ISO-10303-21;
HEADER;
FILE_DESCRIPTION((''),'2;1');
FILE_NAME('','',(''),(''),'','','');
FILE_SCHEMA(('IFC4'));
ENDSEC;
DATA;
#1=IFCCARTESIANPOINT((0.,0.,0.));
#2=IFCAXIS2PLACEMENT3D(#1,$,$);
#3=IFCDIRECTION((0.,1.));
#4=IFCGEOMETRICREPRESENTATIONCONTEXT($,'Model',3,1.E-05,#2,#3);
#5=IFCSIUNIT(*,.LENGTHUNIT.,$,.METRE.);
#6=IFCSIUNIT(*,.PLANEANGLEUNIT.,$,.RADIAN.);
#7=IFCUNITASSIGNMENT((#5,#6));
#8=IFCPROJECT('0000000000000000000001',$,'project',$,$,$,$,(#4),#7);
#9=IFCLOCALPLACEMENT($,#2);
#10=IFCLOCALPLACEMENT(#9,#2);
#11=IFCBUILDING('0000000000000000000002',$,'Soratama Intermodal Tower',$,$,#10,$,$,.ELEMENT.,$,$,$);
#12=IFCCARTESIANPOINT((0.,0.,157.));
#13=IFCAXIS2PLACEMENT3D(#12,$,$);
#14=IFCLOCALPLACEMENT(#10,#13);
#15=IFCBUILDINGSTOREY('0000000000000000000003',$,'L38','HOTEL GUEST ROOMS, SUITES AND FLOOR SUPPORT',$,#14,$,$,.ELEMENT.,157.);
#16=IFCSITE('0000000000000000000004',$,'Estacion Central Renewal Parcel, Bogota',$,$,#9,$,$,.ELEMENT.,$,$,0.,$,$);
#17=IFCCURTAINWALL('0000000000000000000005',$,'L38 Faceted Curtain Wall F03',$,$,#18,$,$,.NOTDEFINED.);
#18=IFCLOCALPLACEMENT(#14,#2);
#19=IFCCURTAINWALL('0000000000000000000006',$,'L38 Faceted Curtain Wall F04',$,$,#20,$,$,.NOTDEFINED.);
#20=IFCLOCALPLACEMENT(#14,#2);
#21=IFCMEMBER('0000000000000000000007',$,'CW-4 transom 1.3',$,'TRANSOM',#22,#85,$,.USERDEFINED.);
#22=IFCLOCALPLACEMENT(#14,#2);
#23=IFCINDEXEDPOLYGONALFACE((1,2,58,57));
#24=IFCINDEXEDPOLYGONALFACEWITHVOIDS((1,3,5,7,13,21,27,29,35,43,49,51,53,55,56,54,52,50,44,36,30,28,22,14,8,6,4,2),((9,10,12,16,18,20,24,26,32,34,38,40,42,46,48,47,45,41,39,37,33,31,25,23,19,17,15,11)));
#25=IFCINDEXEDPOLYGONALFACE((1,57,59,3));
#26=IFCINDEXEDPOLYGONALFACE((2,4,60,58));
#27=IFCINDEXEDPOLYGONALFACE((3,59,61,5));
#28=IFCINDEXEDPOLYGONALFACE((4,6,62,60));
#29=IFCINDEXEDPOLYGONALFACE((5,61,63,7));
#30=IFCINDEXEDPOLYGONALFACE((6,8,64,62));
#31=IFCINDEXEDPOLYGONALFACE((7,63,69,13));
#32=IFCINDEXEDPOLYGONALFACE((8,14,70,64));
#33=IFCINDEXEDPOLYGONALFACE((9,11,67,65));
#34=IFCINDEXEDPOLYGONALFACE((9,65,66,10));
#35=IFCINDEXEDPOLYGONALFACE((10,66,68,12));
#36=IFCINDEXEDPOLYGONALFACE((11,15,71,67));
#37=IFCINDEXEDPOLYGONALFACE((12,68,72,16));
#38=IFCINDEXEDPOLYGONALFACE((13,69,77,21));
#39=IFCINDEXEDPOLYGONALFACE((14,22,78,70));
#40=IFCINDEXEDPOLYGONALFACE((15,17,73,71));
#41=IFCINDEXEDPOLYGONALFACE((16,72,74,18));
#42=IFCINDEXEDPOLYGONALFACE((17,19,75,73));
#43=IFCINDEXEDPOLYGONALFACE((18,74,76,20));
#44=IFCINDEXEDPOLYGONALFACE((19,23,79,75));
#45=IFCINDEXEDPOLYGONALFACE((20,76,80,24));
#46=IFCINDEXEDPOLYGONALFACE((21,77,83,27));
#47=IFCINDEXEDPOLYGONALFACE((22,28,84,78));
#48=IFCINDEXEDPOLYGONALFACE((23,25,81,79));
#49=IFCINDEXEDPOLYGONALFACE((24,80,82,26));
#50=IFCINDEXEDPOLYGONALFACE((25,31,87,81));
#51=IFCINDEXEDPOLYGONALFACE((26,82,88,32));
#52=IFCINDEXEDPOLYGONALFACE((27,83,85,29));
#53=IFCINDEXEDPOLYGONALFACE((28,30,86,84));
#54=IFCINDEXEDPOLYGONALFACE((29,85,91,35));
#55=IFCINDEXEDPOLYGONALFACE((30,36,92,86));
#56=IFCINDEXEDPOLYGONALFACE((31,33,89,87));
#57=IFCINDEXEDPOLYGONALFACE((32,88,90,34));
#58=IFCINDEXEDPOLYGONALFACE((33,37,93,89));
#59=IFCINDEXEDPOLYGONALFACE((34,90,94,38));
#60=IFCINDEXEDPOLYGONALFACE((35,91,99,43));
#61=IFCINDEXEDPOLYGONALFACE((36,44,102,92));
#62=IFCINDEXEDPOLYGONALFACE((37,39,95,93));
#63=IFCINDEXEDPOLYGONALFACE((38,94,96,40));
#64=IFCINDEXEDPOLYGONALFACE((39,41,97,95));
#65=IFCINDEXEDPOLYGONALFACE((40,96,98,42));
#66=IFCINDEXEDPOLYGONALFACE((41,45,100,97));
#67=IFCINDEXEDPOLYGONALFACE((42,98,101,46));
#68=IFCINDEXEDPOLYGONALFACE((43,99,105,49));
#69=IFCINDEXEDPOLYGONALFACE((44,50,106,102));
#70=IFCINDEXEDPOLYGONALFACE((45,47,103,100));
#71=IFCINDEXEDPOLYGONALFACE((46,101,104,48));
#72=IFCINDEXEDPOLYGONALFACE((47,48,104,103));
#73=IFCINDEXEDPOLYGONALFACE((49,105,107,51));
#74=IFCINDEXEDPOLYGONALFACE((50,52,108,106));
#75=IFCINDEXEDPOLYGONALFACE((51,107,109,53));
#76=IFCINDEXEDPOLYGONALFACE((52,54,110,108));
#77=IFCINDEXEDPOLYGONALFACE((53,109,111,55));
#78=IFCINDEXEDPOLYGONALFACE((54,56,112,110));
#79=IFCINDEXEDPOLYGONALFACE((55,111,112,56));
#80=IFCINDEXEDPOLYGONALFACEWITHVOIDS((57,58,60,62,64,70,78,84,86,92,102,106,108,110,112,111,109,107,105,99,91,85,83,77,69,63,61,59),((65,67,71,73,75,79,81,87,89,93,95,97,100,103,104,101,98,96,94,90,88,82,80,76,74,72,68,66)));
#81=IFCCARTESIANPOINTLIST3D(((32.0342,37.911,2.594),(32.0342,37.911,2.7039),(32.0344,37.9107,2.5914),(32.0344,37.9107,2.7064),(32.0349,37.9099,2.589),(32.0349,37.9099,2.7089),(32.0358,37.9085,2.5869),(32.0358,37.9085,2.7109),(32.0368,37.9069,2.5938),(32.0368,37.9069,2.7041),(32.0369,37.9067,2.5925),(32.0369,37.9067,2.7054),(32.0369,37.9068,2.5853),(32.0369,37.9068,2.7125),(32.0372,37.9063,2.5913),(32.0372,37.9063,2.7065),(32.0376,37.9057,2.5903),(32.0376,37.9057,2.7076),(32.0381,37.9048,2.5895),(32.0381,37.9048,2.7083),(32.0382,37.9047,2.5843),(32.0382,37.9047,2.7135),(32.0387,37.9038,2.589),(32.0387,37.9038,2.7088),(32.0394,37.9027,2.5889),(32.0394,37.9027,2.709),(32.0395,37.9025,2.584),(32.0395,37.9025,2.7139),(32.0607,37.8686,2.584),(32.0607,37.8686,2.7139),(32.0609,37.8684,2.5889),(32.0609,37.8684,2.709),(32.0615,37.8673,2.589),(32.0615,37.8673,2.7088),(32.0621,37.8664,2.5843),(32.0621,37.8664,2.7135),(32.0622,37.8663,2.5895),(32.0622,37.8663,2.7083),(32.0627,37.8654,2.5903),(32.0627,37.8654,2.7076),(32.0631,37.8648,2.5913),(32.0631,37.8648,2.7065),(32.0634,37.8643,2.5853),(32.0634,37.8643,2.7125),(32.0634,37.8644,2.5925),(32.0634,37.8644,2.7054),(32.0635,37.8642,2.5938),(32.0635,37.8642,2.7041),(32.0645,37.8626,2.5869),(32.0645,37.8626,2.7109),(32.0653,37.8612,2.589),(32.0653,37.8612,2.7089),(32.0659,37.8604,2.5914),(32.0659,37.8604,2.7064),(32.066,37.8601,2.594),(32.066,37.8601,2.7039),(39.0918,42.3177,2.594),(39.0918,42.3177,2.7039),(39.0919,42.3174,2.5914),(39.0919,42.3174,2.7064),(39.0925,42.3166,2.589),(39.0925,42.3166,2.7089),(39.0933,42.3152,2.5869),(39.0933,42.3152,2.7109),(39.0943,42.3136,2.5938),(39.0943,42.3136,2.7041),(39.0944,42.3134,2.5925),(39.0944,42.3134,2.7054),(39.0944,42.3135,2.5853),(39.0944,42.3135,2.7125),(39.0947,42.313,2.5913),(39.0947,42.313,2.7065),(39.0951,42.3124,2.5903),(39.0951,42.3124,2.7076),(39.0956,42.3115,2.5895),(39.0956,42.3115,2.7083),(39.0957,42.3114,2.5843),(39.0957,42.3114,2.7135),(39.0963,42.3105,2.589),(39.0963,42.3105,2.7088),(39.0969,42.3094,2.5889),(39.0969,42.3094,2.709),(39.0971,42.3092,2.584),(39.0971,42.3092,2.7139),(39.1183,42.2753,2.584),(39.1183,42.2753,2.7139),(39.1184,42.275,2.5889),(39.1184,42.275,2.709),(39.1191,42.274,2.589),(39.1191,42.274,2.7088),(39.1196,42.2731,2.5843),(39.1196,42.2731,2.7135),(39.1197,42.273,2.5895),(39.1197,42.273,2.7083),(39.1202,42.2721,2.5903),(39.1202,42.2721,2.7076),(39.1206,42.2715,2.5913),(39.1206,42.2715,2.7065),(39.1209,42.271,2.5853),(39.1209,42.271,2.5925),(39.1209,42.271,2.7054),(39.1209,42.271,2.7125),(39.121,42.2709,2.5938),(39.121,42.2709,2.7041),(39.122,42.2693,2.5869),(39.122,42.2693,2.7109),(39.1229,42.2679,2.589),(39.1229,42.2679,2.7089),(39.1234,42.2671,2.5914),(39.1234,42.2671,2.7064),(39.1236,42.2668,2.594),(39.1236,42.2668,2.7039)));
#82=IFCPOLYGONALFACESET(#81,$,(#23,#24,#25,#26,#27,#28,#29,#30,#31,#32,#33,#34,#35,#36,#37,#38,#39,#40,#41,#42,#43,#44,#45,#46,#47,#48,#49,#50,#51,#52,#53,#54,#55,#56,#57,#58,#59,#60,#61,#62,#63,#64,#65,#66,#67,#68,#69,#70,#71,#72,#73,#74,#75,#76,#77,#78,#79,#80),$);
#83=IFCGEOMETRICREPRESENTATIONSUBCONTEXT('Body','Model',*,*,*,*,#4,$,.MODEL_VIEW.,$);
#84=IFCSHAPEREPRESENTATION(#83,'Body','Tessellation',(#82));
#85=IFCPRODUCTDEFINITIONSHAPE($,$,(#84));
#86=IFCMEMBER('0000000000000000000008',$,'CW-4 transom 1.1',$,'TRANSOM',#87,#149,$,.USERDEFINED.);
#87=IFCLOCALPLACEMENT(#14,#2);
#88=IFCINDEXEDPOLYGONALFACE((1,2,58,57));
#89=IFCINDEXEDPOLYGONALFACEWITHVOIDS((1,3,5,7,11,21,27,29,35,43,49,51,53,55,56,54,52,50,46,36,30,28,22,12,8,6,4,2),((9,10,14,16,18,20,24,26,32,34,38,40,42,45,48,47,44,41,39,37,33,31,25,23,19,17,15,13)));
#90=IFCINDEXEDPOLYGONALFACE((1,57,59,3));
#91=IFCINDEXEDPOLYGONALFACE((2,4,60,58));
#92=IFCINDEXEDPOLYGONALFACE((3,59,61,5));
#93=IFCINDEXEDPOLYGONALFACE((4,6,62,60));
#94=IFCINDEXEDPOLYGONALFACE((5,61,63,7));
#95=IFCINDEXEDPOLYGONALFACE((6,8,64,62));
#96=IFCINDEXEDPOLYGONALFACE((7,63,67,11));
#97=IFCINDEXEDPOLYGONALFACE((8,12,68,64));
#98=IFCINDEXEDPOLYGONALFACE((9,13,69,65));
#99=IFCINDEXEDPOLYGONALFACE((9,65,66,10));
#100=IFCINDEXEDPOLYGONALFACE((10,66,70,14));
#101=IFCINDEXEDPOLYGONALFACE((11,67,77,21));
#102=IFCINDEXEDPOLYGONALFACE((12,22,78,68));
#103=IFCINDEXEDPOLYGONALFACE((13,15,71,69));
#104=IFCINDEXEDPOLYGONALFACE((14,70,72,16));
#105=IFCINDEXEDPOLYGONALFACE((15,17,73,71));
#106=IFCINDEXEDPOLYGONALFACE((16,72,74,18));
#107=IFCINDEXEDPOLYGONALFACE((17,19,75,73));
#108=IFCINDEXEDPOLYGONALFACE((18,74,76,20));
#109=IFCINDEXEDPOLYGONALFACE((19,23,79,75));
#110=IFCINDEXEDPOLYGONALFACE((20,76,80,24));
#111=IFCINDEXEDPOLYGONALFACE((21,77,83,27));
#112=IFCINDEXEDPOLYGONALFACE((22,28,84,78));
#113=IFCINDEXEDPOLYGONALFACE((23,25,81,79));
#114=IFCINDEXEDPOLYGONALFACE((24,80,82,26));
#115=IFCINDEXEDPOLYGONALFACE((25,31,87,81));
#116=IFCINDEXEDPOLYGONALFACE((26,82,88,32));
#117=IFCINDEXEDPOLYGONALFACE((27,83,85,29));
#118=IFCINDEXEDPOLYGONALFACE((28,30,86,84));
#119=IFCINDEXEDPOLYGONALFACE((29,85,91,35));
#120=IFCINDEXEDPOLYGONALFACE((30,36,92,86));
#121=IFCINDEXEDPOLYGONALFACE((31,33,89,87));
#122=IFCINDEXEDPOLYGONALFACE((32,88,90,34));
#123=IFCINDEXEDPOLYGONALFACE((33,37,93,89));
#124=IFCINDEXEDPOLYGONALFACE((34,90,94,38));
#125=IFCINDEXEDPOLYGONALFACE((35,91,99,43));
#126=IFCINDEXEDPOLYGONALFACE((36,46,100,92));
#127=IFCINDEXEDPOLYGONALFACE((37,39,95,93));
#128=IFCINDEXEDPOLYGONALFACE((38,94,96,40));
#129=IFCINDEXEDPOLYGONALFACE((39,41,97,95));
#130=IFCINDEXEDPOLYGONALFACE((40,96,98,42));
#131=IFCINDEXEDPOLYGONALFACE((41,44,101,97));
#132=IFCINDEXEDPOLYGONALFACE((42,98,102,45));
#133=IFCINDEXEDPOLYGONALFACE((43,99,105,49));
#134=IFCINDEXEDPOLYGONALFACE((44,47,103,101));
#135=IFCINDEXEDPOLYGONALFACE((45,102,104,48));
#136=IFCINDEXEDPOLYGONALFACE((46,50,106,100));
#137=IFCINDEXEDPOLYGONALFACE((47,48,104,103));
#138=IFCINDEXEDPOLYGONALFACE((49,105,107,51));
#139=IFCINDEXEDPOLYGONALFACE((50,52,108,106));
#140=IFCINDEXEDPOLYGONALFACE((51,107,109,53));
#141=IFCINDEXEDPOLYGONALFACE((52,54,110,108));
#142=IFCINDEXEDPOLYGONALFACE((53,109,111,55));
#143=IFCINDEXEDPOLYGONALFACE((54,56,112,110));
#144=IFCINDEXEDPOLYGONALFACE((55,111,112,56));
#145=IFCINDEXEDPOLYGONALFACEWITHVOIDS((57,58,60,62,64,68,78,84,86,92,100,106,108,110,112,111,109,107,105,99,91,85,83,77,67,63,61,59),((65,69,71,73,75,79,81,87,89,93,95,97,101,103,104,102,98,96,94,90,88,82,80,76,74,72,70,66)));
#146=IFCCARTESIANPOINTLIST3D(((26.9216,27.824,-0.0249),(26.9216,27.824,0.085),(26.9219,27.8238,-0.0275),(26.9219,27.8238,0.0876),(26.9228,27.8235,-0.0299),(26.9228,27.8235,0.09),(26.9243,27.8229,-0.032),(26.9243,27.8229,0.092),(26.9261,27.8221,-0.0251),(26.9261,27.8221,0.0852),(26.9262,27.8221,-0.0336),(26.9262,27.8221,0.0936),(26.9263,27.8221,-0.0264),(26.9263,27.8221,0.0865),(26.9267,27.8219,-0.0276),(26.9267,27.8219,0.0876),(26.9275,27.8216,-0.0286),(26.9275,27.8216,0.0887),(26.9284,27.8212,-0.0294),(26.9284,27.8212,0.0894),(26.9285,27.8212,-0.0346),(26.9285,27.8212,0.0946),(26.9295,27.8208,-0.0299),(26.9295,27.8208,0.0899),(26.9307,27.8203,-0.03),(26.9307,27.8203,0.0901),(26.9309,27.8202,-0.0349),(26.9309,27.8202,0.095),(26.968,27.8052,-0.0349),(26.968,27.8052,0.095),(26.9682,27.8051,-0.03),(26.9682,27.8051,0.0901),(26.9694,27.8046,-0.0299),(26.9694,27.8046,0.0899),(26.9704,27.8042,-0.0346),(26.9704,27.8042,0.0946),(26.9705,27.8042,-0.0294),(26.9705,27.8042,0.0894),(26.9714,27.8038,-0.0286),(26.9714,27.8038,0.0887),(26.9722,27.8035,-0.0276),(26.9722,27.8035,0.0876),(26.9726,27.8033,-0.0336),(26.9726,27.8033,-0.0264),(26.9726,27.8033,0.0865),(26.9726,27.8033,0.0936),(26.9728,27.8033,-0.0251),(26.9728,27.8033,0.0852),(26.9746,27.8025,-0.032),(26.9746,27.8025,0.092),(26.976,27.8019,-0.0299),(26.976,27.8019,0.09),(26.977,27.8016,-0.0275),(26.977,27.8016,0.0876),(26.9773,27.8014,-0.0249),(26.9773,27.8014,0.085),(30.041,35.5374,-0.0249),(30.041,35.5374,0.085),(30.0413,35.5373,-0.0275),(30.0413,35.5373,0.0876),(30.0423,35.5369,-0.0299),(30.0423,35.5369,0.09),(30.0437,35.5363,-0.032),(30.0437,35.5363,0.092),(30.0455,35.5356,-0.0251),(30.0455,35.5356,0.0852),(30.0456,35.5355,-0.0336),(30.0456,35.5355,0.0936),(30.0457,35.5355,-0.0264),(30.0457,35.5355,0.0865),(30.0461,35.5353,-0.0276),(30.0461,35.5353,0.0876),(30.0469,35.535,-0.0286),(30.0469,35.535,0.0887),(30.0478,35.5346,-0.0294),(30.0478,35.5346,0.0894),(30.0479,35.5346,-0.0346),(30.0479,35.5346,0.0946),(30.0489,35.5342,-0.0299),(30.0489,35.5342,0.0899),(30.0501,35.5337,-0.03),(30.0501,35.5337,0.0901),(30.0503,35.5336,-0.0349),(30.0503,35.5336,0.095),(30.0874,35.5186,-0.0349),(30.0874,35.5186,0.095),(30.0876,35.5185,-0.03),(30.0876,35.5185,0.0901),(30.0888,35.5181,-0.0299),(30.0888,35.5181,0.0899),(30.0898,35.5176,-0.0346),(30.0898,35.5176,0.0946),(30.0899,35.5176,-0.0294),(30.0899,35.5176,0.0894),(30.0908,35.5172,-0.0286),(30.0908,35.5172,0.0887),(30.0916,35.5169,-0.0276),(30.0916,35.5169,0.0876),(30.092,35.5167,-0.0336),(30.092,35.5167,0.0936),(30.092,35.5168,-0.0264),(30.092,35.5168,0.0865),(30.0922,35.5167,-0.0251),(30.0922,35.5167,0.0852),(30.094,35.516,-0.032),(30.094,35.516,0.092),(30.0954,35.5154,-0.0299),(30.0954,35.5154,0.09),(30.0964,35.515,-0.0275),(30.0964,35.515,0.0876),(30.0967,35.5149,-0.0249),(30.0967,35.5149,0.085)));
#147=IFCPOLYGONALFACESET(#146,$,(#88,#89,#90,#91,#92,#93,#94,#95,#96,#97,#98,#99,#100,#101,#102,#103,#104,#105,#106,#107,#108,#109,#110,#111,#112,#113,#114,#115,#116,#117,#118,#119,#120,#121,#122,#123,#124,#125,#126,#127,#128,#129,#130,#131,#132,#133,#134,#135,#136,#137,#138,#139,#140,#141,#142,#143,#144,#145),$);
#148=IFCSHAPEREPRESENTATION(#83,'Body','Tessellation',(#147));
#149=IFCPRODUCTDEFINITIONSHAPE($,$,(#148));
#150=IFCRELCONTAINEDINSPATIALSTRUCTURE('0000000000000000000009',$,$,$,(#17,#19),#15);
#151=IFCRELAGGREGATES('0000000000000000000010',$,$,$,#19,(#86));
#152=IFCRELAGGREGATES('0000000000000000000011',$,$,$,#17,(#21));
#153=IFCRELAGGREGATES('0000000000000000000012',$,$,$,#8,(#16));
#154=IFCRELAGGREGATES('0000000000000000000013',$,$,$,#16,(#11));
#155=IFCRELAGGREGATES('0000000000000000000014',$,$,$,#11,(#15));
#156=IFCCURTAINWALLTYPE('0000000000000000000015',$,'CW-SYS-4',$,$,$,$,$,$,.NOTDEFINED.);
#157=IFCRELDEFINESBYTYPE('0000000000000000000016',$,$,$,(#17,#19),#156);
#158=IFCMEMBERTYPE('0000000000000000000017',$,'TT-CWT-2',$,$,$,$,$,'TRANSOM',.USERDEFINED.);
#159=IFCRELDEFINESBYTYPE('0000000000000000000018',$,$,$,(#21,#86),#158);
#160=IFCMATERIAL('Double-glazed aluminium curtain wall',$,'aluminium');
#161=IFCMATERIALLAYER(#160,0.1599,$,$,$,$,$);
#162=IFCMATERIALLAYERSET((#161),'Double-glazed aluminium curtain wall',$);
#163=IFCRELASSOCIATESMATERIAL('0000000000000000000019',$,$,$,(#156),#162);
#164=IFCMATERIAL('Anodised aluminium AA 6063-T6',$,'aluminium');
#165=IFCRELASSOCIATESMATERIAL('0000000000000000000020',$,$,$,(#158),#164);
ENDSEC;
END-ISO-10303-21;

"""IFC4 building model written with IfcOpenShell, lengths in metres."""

from ifc_helpers import new_model, si_unit, direction, frame, origin, origin_2d, place, context, subcontext, project, spatial, hollow_rectangle, extrude, material, layer, layer_set, material_profile, profile_set, type_object, element, aggregate, save


model = new_model("IFC4")

# Units and contexts
model_context = context("Model", 3, precision=1e-05, world=origin(), true_north=direction((0.0, 1.0)))
body_context = subcontext(model_context, "Body", "Model", "MODEL_VIEW")
ifc_project = project(units=[si_unit("LENGTHUNIT", "METRE"), si_unit("PLANEANGLEUNIT", "RADIAN")], contexts=[model_context])

# Site, building, storey
site_placement = place(None, origin())
site = spatial("IfcSite", under=ifc_project, at=site_placement, Name="Estacion Central Renewal Parcel, Bogota", CompositionType="ELEMENT", RefElevation=0.0)
building_placement = place(site_placement, origin())
building = spatial("IfcBuilding", under=site, at=building_placement, Name="Soratama Intermodal Tower", CompositionType="ELEMENT")
storey_placement = place(building_placement, frame((0.0, 0.0, 157.0)))
storey = spatial("IfcBuildingStorey", under=building, at=storey_placement, Name="L38", Description="HOTEL GUEST ROOMS, SUITES AND FLOOR SUPPORT", CompositionType="ELEMENT", Elevation=157.0)

# Curtain wall
ifc_material_1 = material(Name="Double-glazed aluminium curtain wall", Category="aluminium")
ifc_layer_1 = layer(ifc_material_1, 0.1599)
ifc_layer_set_1 = layer_set([ifc_layer_1], Name="Double-glazed aluminium curtain wall")
curtain_wall_type = type_object("IfcCurtainWallType", Name="CW-SYS-4", PredefinedType="NOTDEFINED", material=ifc_layer_set_1)
curtain_wall_1_placement = place(storey_placement, origin())
curtain_wall_1 = element("IfcCurtainWall", 1, at=curtain_wall_1_placement, inside=storey, type_object=curtain_wall_type, Name="L38 Faceted Curtain Wall F03", PredefinedType="NOTDEFINED")

# Curtain wall
curtain_wall_2_placement = place(storey_placement, origin())
curtain_wall_2 = element("IfcCurtainWall", 2, at=curtain_wall_2_placement, inside=storey, type_object=curtain_wall_type, Name="L38 Faceted Curtain Wall F04", PredefinedType="NOTDEFINED")

# Members
ifc_material_2 = material(Name="Anodised aluminium AA 6063-T6", Category="aluminium")
ifc_material_profile_1 = material_profile(ifc_material_2, hollow_rectangle(XDim=0.0601, YDim=0.1299, WallThickness=0.0049, InnerFilletRadius=0.0049, OuterFilletRadius=0.01, at=origin_2d()), Name="CWT130X60X5")
ifc_profile_set_1 = profile_set([ifc_material_profile_1], Name="Anodised aluminium AA 6063-T6")
member_type_1 = type_object("IfcMemberType", Name="TT-CWT-2", ElementType="TRANSOM", PredefinedType="USERDEFINED", material=ifc_profile_set_1)
member_1_placement = place(storey_placement, frame((39.1077, 42.2922, 2.6489), z_axis=(-0.848229, -0.52963, 0.0), x_axis=(0.52963, -0.848229, 0.0)))
member_1 = element("IfcMember", 3, at=member_1_placement, type_object=member_type_1, Name="CW-4 transom 1.3", ObjectType="TRANSOM", PredefinedType="USERDEFINED", context=body_context, shape_type="SweptSolid", body=[
    extrude(hollow_rectangle(XDim=0.0601, YDim=0.1299, WallThickness=0.0049, InnerFilletRadius=0.0049, OuterFilletRadius=0.01, at=origin_2d()), origin(), (0.0, 0.0, 1.0), 8.3203),
])
member_2_placement = place(storey_placement, frame((30.0688, 35.5261, 0.03), z_axis=(-0.374914, -0.92706, 0.0), x_axis=(0.92706, -0.374914, 0.0)))
member_2 = element("IfcMember", 4, at=member_2_placement, type_object=member_type_1, Name="CW-4 transom 1.1", ObjectType="TRANSOM", PredefinedType="USERDEFINED", context=body_context, shape_type="SweptSolid", body=[
    extrude(hollow_rectangle(XDim=0.0601, YDim=0.1299, WallThickness=0.0049, InnerFilletRadius=0.0049, OuterFilletRadius=0.01, at=origin_2d()), origin(), (0.0, 0.0, 1.0), 8.3203),
])
aggregate(curtain_wall_2, [member_2])

aggregate(curtain_wall_1, [member_1])

save(model, "model.ifc")
